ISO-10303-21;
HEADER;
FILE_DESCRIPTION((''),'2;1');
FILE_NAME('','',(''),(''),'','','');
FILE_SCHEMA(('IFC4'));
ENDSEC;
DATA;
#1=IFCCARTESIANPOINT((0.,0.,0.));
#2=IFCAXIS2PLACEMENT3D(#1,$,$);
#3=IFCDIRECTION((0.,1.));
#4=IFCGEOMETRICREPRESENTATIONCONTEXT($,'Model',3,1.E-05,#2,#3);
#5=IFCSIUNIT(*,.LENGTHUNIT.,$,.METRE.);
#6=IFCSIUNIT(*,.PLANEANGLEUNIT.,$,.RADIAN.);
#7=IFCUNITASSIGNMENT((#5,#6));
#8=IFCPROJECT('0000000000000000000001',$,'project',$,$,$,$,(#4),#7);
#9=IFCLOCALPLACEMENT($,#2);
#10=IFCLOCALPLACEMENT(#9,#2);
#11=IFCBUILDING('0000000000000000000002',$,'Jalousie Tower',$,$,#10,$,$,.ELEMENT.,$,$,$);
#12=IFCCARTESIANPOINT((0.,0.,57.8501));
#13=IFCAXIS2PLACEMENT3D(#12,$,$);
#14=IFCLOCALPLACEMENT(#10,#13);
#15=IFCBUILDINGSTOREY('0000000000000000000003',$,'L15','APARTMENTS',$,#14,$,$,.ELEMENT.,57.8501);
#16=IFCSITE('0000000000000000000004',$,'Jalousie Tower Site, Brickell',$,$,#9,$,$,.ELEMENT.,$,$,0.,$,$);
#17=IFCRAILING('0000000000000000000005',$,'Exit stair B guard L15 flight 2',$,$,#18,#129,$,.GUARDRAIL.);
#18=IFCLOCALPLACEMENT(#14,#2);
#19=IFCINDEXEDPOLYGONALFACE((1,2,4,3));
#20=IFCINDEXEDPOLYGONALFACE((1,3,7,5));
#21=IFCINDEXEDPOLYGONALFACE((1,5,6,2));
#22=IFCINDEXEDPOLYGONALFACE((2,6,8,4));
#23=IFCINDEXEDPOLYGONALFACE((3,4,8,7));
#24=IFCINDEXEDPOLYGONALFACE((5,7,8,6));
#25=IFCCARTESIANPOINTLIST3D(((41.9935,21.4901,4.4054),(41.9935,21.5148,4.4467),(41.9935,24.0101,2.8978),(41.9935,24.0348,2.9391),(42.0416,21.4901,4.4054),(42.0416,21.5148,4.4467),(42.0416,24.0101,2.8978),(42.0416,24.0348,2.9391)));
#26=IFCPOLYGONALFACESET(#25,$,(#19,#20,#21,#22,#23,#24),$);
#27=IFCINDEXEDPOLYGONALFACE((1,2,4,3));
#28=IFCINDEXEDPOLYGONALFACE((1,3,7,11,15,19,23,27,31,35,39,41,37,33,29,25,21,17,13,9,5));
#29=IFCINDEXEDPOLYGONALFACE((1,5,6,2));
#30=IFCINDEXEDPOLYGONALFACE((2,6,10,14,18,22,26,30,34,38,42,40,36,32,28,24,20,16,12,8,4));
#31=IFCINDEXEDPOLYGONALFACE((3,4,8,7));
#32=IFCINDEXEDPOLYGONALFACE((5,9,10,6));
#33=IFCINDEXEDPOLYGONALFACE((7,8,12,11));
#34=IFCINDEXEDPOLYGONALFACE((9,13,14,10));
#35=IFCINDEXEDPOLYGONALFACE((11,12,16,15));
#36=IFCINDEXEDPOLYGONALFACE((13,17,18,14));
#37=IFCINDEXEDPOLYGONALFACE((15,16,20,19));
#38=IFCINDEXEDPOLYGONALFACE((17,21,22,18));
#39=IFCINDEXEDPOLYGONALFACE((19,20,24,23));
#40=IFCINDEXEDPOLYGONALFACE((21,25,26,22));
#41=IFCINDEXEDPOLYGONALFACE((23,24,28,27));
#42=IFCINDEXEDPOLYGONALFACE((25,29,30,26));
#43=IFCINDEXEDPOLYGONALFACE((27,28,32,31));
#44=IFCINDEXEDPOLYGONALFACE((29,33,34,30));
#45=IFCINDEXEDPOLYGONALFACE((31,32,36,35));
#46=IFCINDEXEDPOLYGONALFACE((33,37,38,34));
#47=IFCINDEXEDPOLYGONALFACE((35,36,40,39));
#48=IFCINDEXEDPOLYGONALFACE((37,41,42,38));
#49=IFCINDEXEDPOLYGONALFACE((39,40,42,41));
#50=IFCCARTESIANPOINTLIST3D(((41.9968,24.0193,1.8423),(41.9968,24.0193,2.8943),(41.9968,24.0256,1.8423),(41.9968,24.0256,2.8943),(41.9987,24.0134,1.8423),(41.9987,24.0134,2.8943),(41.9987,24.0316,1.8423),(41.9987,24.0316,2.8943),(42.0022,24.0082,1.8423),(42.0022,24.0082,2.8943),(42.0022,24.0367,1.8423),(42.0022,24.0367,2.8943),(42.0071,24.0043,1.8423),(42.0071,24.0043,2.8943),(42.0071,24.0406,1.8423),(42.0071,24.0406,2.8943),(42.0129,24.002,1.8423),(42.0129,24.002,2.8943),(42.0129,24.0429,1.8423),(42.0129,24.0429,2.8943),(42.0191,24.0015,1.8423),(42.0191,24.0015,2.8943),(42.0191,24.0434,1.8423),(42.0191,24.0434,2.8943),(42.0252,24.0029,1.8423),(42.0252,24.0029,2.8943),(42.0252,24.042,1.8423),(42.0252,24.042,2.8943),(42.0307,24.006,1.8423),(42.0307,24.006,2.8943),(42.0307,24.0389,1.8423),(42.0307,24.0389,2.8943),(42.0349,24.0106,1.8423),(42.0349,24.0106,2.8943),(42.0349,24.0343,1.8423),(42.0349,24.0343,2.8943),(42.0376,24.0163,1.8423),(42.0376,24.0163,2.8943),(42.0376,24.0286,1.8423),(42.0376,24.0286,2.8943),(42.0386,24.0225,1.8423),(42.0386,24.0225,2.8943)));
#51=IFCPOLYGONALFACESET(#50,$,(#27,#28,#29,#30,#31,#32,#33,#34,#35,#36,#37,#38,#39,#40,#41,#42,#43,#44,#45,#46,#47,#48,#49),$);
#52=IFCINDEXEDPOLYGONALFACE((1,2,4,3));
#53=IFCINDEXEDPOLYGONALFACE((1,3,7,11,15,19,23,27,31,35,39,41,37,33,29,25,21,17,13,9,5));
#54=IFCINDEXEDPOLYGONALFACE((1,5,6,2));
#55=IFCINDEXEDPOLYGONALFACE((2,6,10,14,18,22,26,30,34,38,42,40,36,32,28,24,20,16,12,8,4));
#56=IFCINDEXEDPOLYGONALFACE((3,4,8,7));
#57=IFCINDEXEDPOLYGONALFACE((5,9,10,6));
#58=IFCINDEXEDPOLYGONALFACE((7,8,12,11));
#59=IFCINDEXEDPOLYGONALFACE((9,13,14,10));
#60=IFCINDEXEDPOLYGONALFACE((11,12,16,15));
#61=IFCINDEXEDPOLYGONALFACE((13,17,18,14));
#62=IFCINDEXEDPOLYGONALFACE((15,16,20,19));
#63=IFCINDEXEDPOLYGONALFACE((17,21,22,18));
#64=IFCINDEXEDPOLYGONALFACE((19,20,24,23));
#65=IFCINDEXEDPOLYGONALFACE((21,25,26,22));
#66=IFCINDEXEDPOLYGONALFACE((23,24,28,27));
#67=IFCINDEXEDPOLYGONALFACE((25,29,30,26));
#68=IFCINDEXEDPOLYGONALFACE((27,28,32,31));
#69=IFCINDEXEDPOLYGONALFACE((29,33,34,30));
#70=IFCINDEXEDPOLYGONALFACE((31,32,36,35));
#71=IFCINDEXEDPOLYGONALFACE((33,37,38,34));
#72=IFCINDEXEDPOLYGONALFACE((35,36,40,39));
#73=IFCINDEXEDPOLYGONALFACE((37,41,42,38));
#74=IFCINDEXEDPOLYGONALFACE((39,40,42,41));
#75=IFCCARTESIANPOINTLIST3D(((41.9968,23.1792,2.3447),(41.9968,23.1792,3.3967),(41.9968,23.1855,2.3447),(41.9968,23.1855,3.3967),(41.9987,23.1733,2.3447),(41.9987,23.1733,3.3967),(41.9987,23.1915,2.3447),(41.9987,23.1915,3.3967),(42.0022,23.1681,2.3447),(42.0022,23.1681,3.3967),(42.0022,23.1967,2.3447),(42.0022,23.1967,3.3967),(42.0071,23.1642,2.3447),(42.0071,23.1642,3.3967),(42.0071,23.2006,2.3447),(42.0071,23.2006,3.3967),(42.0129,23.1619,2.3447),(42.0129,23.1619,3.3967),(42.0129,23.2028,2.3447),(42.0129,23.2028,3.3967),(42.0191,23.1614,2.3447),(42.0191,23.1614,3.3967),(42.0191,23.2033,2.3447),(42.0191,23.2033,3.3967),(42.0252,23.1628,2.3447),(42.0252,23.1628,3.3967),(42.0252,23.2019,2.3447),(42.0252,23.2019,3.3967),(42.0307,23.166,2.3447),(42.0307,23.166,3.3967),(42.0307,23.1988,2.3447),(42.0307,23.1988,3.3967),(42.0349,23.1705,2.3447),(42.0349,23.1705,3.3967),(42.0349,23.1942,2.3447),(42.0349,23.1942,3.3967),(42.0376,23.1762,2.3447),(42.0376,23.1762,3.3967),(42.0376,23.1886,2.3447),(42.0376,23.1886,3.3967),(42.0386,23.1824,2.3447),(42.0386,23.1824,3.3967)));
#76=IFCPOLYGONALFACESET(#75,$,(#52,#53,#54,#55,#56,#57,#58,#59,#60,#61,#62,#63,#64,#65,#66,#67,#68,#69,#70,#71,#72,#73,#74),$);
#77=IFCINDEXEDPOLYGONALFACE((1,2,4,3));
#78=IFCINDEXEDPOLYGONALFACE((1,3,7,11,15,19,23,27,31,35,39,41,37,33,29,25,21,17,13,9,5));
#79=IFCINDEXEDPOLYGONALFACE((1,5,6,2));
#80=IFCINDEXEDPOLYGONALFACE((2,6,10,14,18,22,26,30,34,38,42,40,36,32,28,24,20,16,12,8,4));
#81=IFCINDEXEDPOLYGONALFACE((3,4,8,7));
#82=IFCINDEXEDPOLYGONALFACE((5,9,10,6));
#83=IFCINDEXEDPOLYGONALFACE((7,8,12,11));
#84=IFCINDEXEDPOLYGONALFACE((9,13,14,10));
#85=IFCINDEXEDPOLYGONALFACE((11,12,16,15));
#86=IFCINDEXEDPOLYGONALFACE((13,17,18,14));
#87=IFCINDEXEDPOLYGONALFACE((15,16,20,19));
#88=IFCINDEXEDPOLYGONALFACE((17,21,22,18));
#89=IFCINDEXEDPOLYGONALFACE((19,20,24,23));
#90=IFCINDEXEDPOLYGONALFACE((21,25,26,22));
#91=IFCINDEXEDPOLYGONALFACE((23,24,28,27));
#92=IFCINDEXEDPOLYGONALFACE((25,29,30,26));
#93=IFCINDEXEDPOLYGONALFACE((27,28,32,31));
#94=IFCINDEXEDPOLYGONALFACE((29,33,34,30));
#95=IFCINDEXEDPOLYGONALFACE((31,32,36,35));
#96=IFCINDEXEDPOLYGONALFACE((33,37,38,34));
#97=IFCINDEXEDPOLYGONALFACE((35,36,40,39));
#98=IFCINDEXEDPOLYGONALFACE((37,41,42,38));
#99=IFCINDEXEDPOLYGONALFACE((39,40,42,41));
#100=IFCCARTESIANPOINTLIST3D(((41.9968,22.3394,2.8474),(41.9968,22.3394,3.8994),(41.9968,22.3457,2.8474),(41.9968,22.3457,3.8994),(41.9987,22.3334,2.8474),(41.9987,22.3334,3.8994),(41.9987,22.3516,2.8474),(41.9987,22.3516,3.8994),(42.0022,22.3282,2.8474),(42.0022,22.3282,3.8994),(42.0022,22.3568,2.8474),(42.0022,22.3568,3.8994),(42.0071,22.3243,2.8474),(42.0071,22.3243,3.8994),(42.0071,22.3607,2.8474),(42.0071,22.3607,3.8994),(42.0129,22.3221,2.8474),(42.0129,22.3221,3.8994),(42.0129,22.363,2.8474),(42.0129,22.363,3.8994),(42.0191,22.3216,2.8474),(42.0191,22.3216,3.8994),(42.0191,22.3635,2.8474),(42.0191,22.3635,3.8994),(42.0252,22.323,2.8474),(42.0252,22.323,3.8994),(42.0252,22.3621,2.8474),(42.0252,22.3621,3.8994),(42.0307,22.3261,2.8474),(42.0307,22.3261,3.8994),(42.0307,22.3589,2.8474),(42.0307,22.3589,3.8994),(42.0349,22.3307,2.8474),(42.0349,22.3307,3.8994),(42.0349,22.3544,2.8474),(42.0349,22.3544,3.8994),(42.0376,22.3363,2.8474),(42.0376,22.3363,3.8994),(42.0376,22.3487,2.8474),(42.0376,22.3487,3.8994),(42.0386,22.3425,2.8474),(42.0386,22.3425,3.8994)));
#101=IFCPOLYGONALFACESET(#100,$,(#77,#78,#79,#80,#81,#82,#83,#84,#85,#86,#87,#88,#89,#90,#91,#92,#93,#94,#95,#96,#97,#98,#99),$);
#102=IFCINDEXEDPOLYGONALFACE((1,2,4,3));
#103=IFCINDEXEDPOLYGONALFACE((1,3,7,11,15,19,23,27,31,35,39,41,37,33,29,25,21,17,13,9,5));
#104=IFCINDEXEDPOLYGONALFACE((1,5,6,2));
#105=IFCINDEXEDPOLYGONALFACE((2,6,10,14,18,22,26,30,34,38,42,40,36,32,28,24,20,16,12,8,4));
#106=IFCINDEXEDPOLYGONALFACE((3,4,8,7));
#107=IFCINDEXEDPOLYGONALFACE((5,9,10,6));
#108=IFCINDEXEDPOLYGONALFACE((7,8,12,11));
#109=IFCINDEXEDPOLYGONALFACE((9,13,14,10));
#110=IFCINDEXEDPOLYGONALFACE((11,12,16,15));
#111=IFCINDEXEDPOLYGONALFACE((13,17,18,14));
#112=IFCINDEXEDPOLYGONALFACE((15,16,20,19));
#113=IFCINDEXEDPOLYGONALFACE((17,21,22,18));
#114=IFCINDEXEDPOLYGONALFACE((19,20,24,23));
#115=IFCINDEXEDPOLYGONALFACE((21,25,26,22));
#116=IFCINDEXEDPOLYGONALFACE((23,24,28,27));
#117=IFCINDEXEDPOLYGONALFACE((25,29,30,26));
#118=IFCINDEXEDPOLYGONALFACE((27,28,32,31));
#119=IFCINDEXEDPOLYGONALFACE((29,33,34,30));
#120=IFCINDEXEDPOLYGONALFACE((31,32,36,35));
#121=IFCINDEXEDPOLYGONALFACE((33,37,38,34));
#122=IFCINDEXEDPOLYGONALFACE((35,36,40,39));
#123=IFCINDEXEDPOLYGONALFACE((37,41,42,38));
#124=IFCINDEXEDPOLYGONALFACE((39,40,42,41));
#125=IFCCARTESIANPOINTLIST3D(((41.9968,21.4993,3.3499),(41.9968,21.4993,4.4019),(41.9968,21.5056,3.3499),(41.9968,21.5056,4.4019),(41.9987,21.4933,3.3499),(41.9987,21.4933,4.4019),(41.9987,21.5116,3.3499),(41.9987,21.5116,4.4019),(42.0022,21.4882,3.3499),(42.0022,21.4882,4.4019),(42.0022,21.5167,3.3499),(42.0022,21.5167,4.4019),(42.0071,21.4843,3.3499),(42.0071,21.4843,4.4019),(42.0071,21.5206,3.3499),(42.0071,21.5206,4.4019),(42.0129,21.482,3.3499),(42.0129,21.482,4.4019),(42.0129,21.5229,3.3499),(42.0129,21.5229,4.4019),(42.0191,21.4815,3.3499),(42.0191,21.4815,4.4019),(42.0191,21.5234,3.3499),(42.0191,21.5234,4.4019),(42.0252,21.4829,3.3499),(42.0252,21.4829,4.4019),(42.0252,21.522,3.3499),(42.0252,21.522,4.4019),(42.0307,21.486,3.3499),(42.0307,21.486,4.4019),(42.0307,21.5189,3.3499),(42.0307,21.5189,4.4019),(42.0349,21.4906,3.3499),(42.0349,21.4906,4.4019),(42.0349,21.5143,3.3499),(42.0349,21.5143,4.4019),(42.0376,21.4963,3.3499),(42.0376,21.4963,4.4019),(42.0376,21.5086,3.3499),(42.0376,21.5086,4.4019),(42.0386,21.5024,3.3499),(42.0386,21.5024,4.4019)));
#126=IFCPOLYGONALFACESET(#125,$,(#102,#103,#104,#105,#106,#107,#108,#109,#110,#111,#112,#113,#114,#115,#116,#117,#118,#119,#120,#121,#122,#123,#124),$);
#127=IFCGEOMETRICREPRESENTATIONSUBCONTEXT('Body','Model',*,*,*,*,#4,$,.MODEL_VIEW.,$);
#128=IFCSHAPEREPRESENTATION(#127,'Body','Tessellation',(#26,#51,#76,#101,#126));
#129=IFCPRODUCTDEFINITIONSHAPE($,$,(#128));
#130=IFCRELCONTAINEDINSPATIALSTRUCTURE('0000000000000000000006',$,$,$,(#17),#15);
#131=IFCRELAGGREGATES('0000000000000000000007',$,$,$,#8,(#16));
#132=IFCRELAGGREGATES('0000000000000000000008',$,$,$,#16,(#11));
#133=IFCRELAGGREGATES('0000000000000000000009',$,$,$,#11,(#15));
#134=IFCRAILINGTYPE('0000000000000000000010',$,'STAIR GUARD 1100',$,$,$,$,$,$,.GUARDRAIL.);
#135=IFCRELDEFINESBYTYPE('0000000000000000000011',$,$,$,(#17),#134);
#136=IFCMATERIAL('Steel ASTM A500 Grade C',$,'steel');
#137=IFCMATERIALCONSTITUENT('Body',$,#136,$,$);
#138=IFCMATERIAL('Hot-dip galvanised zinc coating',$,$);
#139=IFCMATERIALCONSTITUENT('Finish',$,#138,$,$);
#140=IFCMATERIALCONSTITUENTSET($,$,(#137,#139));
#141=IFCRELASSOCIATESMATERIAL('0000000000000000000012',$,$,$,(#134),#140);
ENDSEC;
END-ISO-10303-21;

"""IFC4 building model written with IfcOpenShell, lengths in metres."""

from ifc_helpers import new_model, si_unit, direction, frame, origin, origin_2d, place, context, subcontext, project, spatial, rectangle, circle, extrude, material, constituent, constituent_set, type_object, element, save


model = new_model("IFC4")

# Units and contexts
model_context = context("Model", 3, precision=1e-05, world=origin(), true_north=direction((0.0, 1.0)))
body_context = subcontext(model_context, "Body", "Model", "MODEL_VIEW")
ifc_project = project(units=[si_unit("LENGTHUNIT", "METRE"), si_unit("PLANEANGLEUNIT", "RADIAN")], contexts=[model_context])

# Site, building, storey
site_placement = place(None, origin())
site = spatial("IfcSite", under=ifc_project, at=site_placement, Name="Jalousie Tower Site, Brickell", CompositionType="ELEMENT", RefElevation=0.0)
building_placement = place(site_placement, origin())
building = spatial("IfcBuilding", under=site, at=building_placement, Name="Jalousie Tower", CompositionType="ELEMENT")
storey_placement = place(building_placement, frame((0.0, 0.0, 57.8501)))
storey = spatial("IfcBuildingStorey", under=building, at=storey_placement, Name="L15", Description="APARTMENTS", CompositionType="ELEMENT", Elevation=57.8501)

# Railing
ifc_material_1 = material(Name="Steel ASTM A500 Grade C", Category="steel")
ifc_constituent_1 = constituent(ifc_material_1, Name="Body")
ifc_material_2 = material(Name="Hot-dip galvanised zinc coating")
ifc_constituent_2 = constituent(ifc_material_2, Name="Finish")
ifc_constituent_set_1 = constituent_set(constituents=[ifc_constituent_1, ifc_constituent_2])
railing_type_1 = type_object("IfcRailingType", Name="STAIR GUARD 1100", PredefinedType="GUARDRAIL", material=ifc_constituent_set_1)
railing_1_placement = place(storey_placement, frame((42.0176, 24.0225, 1.8423)))
element("IfcRailing", 1, at=railing_1_placement, inside=storey, type_object=railing_type_1, Name="Exit stair B guard L15 flight 2", PredefinedType="GUARDRAIL", context=body_context, shape_type="SweptSolid", body=[
    extrude(rectangle(XDim=0.0481, YDim=0.0481, at=origin_2d()), frame((0.0, 0.0, 1.0762), z_axis=(0.0, -0.85816, 0.513383), x_axis=(1.0, 0.0, 0.0)), (0.0, 0.0, 1.0), 2.9365),
    extrude(circle(Radius=0.021, at=origin_2d()), origin(), (0.0, 0.0, 1.0), 1.052),
    extrude(circle(Radius=0.021, at=origin_2d()), frame((0.0, -0.8401, 0.5024)), (0.0, 0.0, 1.0), 1.052),
    extrude(circle(Radius=0.021, at=origin_2d()), frame((0.0, -1.6799, 1.0051)), (0.0, 0.0, 1.0), 1.052),
    extrude(circle(Radius=0.021, at=origin_2d()), frame((0.0, -2.52, 1.5076)), (0.0, 0.0, 1.0), 1.052),
])

save(model, "model.ifc")
